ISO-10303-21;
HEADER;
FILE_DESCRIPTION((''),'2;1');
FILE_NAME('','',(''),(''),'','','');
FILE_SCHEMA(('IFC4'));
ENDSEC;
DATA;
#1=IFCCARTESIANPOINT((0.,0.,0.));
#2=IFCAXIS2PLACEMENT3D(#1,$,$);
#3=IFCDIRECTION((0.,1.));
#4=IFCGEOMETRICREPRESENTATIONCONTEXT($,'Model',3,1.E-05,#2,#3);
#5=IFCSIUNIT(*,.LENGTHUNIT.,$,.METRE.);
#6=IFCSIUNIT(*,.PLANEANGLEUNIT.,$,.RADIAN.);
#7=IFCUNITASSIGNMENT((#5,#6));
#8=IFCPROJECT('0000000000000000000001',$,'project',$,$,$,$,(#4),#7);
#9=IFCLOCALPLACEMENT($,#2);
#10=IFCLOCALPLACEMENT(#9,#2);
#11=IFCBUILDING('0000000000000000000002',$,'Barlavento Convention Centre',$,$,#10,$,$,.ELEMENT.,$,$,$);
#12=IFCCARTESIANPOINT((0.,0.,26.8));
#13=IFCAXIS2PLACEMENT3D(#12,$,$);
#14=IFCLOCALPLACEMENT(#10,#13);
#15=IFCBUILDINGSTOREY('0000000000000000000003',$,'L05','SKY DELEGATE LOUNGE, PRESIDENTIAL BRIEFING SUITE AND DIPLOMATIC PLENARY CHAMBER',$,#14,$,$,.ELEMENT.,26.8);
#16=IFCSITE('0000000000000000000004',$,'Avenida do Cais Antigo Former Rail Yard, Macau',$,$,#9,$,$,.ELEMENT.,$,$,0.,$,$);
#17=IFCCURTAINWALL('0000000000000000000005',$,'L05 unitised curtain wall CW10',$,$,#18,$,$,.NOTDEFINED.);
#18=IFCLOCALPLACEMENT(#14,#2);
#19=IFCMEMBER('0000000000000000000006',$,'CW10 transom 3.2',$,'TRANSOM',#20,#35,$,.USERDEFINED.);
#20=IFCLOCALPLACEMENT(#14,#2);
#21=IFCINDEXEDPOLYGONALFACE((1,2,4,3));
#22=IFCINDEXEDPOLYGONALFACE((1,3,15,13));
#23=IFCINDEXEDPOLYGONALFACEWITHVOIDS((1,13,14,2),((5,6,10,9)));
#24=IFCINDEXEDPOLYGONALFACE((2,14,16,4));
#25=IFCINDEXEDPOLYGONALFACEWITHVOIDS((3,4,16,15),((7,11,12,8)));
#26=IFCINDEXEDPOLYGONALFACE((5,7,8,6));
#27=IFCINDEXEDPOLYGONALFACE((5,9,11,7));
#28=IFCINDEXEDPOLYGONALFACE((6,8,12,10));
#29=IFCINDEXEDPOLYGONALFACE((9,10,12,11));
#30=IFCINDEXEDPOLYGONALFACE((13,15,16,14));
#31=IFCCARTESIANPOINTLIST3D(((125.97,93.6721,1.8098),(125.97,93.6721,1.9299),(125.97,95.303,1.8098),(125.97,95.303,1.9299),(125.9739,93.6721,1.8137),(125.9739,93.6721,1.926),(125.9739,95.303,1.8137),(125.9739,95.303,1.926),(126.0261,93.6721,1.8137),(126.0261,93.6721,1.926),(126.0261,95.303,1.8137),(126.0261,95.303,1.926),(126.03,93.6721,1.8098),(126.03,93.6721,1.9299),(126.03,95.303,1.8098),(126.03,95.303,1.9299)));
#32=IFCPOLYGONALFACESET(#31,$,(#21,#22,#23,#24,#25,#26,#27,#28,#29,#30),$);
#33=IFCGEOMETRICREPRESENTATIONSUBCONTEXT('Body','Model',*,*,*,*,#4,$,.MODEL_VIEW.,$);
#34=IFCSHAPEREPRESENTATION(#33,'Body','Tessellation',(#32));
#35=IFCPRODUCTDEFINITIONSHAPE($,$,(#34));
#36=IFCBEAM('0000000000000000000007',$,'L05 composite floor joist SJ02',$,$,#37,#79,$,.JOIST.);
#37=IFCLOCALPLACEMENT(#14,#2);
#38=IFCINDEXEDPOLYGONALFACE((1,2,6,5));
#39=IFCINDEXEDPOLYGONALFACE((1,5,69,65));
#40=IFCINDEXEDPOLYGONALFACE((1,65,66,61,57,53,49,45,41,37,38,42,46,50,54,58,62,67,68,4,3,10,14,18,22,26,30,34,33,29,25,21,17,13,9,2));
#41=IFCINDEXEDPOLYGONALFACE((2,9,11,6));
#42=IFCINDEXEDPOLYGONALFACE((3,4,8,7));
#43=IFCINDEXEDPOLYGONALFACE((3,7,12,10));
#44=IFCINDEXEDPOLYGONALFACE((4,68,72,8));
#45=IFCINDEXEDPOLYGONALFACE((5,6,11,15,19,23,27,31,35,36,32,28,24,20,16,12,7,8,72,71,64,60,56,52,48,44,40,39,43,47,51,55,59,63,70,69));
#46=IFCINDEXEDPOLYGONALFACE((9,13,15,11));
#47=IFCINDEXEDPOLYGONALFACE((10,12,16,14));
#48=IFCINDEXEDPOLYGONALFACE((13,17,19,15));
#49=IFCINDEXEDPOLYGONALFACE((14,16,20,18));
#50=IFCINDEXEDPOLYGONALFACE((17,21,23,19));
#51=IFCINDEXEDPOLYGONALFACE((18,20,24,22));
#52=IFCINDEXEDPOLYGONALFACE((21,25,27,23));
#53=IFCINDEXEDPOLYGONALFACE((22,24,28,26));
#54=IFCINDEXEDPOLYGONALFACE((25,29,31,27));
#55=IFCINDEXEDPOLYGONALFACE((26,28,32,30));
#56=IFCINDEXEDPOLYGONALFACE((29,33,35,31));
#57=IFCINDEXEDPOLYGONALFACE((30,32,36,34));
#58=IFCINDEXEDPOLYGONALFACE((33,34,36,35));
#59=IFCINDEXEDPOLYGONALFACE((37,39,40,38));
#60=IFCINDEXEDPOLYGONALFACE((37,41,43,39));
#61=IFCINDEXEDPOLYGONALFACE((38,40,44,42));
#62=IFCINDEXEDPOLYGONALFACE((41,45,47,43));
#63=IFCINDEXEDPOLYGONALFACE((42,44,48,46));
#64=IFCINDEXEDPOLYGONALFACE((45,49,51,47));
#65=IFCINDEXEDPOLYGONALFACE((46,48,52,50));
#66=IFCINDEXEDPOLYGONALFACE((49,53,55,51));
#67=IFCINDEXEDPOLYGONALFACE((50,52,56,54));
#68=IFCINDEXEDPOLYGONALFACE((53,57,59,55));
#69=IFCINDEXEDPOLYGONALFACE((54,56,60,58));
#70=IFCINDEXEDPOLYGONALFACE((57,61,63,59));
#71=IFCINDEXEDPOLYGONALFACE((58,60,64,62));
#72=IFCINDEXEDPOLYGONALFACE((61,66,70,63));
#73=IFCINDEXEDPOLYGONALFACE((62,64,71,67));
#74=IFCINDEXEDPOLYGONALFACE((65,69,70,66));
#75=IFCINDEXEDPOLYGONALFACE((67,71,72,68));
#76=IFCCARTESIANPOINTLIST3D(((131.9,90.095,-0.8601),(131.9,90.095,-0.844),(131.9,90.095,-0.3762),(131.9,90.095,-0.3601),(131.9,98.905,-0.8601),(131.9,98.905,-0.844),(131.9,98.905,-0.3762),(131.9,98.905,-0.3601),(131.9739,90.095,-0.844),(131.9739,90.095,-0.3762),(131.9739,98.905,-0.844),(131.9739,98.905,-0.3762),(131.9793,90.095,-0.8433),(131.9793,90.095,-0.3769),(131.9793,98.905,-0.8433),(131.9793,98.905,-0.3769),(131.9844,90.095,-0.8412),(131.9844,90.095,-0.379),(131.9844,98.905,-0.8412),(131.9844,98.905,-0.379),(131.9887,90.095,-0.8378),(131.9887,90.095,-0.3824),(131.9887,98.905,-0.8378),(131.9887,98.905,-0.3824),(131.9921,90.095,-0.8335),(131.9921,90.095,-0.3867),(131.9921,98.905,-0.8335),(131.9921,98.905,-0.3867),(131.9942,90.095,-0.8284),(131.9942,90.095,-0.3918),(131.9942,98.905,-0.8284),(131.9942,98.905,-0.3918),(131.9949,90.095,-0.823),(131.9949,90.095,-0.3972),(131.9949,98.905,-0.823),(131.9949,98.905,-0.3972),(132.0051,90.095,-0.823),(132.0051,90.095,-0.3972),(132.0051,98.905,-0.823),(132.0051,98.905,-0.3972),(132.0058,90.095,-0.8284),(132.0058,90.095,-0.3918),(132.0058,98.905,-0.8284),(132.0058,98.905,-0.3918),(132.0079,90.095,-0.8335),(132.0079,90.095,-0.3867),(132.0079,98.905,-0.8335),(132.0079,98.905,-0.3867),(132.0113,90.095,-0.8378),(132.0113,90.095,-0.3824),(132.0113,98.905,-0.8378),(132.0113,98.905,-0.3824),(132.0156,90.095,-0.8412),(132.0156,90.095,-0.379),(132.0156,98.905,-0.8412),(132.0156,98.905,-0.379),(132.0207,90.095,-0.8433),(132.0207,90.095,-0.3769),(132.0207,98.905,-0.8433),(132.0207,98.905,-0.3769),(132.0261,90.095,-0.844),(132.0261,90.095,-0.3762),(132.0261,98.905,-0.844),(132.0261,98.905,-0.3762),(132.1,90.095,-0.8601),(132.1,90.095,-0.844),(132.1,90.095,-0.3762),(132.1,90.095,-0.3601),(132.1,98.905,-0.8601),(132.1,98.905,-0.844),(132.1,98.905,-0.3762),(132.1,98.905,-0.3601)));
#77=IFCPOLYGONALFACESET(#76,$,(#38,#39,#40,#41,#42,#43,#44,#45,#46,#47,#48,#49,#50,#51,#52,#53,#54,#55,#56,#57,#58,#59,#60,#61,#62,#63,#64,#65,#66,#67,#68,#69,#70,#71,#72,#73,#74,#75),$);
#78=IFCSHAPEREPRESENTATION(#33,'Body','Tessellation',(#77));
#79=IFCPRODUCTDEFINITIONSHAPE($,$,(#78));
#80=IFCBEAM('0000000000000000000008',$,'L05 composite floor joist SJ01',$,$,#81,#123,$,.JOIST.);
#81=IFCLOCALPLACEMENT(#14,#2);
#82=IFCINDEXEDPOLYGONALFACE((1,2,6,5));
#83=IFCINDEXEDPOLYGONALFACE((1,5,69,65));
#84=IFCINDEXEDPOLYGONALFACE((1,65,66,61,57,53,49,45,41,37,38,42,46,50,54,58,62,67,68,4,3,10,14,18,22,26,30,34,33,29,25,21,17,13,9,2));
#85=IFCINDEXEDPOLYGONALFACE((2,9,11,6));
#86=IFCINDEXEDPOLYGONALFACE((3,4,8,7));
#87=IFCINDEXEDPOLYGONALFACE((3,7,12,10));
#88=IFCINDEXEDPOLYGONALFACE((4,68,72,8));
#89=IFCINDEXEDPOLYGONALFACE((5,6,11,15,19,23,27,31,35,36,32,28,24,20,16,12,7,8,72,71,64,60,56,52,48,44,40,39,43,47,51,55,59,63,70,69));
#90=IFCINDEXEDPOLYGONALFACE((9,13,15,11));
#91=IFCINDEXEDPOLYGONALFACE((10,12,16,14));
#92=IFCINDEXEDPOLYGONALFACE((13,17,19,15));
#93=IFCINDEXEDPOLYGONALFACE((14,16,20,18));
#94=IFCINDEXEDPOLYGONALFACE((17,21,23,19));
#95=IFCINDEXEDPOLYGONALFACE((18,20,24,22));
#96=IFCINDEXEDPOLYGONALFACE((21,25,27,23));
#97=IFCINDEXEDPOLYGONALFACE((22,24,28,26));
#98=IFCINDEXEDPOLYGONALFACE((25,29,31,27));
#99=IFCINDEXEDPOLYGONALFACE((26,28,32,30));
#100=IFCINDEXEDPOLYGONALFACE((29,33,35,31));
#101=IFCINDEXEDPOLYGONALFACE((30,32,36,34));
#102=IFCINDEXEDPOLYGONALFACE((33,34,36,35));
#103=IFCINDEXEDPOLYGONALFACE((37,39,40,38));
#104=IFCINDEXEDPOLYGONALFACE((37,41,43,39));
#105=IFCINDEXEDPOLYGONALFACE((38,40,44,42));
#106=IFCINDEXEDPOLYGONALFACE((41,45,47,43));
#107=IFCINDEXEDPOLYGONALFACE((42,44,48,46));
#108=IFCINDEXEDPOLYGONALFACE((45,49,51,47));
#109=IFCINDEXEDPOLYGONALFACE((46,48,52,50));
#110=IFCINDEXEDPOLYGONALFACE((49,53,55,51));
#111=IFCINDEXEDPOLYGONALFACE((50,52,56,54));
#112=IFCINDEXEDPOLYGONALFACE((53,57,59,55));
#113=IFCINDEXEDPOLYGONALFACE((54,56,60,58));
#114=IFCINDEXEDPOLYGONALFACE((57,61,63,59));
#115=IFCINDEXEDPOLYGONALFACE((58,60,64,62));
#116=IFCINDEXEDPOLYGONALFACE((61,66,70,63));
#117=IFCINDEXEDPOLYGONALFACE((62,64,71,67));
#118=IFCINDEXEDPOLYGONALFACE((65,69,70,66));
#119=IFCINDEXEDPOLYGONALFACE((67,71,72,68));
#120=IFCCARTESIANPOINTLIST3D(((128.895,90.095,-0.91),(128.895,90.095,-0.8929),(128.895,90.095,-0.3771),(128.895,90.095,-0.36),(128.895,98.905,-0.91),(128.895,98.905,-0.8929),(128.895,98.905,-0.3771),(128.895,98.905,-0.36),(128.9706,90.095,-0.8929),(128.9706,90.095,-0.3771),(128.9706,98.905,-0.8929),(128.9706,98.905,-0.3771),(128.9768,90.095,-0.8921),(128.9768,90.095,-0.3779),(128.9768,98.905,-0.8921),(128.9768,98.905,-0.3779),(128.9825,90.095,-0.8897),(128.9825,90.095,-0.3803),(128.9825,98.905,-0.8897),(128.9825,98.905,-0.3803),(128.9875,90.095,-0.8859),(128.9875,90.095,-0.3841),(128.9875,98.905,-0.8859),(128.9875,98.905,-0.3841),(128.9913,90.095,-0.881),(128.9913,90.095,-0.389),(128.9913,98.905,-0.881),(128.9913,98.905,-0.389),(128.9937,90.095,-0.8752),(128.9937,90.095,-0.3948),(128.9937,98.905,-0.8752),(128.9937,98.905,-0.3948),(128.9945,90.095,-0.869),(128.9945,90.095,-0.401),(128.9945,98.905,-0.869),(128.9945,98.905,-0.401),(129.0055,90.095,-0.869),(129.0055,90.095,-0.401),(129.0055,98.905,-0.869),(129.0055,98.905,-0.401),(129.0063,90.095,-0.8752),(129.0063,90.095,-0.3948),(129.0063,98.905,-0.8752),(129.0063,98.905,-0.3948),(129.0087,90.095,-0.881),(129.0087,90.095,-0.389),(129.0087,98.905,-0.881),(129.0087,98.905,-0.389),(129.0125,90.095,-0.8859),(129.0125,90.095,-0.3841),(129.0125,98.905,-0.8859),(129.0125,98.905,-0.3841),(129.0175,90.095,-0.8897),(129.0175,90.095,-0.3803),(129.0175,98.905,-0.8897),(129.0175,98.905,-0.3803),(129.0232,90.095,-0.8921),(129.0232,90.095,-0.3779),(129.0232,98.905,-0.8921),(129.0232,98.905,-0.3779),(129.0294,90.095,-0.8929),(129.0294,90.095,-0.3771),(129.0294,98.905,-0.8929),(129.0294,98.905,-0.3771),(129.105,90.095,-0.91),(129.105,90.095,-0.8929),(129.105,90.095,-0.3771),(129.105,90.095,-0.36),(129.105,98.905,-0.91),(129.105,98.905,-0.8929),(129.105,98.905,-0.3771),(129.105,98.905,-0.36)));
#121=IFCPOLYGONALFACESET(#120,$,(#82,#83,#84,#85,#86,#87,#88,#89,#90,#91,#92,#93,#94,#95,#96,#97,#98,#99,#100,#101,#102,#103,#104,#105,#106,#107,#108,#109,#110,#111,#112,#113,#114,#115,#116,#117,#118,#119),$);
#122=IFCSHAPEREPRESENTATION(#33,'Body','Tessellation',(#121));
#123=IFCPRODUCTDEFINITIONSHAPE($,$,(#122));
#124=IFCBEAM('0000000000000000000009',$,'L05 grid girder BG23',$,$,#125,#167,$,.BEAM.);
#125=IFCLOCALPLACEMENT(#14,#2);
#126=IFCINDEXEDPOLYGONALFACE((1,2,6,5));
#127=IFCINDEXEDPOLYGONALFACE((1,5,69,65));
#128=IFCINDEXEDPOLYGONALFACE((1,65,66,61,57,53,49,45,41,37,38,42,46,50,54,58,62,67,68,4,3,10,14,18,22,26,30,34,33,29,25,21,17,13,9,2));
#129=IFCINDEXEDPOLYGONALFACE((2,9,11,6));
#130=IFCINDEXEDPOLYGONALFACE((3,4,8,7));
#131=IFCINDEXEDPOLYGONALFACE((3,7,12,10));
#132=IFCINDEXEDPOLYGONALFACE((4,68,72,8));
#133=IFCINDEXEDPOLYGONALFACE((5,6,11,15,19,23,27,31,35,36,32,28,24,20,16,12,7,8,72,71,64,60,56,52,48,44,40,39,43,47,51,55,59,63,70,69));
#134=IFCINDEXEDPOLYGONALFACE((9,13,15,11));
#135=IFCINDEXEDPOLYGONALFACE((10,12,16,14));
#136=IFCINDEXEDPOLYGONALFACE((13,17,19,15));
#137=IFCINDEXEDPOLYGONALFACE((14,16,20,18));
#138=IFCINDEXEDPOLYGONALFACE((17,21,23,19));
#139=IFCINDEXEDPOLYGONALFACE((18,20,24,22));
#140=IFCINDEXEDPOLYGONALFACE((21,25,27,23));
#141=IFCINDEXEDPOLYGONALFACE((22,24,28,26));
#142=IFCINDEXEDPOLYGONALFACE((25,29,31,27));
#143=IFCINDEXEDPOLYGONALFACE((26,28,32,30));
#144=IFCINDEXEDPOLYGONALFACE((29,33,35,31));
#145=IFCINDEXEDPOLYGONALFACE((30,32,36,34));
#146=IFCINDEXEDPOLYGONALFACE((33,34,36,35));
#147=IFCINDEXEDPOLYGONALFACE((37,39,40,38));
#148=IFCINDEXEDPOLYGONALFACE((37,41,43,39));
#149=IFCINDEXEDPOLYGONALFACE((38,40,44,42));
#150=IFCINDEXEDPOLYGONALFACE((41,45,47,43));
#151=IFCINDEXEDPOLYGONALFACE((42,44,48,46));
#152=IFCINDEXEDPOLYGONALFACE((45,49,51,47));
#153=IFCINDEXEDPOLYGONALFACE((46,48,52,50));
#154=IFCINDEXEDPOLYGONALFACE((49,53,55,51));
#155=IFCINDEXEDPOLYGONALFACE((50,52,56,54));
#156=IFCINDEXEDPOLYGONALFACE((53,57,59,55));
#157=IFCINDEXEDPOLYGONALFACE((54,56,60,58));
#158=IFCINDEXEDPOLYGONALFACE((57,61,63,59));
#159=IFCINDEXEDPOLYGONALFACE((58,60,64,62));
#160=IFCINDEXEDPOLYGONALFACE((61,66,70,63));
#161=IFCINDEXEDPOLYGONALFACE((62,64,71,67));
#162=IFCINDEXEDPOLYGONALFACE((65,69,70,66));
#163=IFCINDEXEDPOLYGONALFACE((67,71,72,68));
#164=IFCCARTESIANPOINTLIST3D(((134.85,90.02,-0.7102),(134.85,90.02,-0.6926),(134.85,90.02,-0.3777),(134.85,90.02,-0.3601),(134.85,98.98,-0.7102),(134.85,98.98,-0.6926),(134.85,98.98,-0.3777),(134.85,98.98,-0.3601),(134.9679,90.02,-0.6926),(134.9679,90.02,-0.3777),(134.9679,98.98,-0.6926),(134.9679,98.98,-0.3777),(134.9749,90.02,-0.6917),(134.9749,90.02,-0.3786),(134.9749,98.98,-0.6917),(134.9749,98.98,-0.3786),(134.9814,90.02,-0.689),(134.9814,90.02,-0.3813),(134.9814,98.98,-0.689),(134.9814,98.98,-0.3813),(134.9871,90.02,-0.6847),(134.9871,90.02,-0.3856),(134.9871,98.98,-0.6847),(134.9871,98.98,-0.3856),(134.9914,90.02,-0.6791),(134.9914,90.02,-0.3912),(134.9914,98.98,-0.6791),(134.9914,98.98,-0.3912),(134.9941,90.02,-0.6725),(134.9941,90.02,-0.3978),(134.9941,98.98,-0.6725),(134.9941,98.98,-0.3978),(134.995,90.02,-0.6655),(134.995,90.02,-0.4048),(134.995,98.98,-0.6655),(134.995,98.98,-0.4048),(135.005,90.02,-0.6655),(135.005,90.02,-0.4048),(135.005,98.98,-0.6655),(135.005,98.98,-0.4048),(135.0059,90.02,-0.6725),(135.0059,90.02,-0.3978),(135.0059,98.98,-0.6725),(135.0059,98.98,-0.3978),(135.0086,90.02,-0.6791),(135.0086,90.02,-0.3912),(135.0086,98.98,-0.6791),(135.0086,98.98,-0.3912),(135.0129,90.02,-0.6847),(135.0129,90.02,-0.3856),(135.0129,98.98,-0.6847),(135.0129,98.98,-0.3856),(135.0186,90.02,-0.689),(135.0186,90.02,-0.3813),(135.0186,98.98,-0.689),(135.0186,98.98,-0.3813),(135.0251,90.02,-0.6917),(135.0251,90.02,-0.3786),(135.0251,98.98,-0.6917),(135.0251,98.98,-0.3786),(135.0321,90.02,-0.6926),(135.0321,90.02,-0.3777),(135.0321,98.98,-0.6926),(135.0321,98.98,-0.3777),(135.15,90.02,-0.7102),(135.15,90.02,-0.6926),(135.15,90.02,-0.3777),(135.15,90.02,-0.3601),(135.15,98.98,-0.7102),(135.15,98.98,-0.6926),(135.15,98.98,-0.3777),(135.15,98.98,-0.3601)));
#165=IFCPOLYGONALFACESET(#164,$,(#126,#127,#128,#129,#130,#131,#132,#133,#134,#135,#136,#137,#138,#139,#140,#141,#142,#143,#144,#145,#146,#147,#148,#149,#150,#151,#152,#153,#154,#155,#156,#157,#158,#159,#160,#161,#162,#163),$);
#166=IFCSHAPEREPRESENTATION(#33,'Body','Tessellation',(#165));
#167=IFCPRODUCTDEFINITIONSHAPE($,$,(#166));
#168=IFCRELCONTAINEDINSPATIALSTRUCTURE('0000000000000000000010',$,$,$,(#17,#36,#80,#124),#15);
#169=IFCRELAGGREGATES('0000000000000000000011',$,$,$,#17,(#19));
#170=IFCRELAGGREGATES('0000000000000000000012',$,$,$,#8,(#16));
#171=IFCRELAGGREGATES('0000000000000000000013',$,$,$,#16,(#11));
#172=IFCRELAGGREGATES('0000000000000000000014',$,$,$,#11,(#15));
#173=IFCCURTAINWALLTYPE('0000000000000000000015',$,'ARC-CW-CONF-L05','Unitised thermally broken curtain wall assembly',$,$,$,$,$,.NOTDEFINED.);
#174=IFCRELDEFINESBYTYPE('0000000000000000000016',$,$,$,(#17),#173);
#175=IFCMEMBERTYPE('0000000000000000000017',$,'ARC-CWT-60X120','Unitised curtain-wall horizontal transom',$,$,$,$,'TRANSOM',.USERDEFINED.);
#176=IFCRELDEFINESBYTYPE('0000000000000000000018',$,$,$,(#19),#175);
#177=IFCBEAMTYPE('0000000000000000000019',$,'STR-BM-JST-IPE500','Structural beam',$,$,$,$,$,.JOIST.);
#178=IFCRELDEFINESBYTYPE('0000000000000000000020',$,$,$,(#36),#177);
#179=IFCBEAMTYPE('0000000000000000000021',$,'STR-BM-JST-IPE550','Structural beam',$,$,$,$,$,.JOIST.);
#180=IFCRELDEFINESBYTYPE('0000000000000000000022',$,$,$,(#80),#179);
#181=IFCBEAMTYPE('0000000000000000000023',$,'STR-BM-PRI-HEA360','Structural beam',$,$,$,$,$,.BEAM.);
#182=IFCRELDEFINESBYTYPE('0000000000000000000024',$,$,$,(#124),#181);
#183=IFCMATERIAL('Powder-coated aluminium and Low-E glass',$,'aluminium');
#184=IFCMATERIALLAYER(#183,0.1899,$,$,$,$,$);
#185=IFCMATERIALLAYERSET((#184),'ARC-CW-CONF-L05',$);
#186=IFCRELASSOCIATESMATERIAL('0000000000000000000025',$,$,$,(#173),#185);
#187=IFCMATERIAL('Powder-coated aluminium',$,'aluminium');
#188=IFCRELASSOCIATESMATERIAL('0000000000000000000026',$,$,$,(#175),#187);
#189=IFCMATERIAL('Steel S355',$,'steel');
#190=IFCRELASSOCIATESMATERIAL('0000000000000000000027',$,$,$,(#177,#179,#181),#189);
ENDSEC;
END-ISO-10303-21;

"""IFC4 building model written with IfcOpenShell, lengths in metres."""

from ifc_helpers import new_model, si_unit, direction, frame, origin, origin_2d, place, context, subcontext, project, spatial, hollow_rectangle, i_section, extrude, material, layer, layer_set, material_profile, profile_set, type_object, element, aggregate, save


model = new_model("IFC4")

# Units and contexts
model_context = context("Model", 3, precision=1e-05, world=origin(), true_north=direction((0.0, 1.0)))
body_context = subcontext(model_context, "Body", "Model", "MODEL_VIEW")
ifc_project = project(units=[si_unit("LENGTHUNIT", "METRE"), si_unit("PLANEANGLEUNIT", "RADIAN")], contexts=[model_context])

# Site, building, storey
site_placement = place(None, origin())
site = spatial("IfcSite", under=ifc_project, at=site_placement, Name="Avenida do Cais Antigo Former Rail Yard, Macau", CompositionType="ELEMENT", RefElevation=0.0)
building_placement = place(site_placement, origin())
building = spatial("IfcBuilding", under=site, at=building_placement, Name="Barlavento Convention Centre", CompositionType="ELEMENT")
storey_placement = place(building_placement, frame((0.0, 0.0, 26.8)))
storey = spatial("IfcBuildingStorey", under=building, at=storey_placement, Name="L05", Description="SKY DELEGATE LOUNGE, PRESIDENTIAL BRIEFING SUITE AND DIPLOMATIC PLENARY CHAMBER", CompositionType="ELEMENT", Elevation=26.8)

# Shared definitions
ifc_material_1 = material(Name="Steel S355", Category="steel")

# Curtain wall, member
ifc_material_2 = material(Name="Powder-coated aluminium and Low-E glass", Category="aluminium")
ifc_layer_1 = layer(ifc_material_2, 0.1899)
ifc_layer_set_1 = layer_set([ifc_layer_1], Name="ARC-CW-CONF-L05")
curtain_wall_type = type_object("IfcCurtainWallType", Name="ARC-CW-CONF-L05", Description="Unitised thermally broken curtain wall assembly", PredefinedType="NOTDEFINED", material=ifc_layer_set_1)
curtain_wall_placement = place(storey_placement, origin())
curtain_wall = element("IfcCurtainWall", 1, at=curtain_wall_placement, inside=storey, type_object=curtain_wall_type, Name="L05 unitised curtain wall CW10", PredefinedType="NOTDEFINED")
ifc_material_3 = material(Name="Powder-coated aluminium", Category="aluminium")
ifc_material_profile_1 = material_profile(ifc_material_3, hollow_rectangle(XDim=0.0601, YDim=0.1201, WallThickness=0.0039, at=origin_2d()), Name="AL-TRAN 60x120x4")
ifc_profile_set_1 = profile_set([ifc_material_profile_1], Name="Powder-coated aluminium")
member_type_1 = type_object("IfcMemberType", Name="ARC-CWT-60X120", Description="Unitised curtain-wall horizontal transom", ElementType="TRANSOM", PredefinedType="USERDEFINED", material=ifc_profile_set_1)
member_1_placement = place(storey_placement, frame((126.0, 93.6721, 1.8699), z_axis=(0.0, 1.0, 0.0), x_axis=(-1.0, 0.0, 0.0)))
member_1 = element("IfcMember", 2, at=member_1_placement, type_object=member_type_1, Name="CW10 transom 3.2", ObjectType="TRANSOM", PredefinedType="USERDEFINED", context=body_context, shape_type="SweptSolid", body=[
    extrude(hollow_rectangle(XDim=0.0601, YDim=0.1201, WallThickness=0.0039, at=origin_2d()), origin(), (0.0, 0.0, 1.0), 1.6309),
])

# Beams
ifc_material_profile_2 = material_profile(ifc_material_1, i_section(OverallWidth=0.2, OverallDepth=0.5, WebThickness=0.0103, FlangeThickness=0.0161, FilletRadius=0.021, at=origin_2d()), Name="IPE 500")
ifc_profile_set_2 = profile_set([ifc_material_profile_2], Name="Steel S355")
beam_type_1 = type_object("IfcBeamType", Name="STR-BM-JST-IPE500", Description="Structural beam", PredefinedType="JOIST", material=ifc_profile_set_2)
beam_1_placement = place(storey_placement, frame((132.0, 90.095, -0.6101), z_axis=(0.0, 1.0, 0.0), x_axis=(-1.0, 0.0, 0.0)))
element("IfcBeam", 3, at=beam_1_placement, inside=storey, type_object=beam_type_1, Name="L05 composite floor joist SJ02", PredefinedType="JOIST", context=body_context, shape_type="SweptSolid", body=[
    extrude(i_section(OverallWidth=0.2, OverallDepth=0.5, WebThickness=0.0103, FlangeThickness=0.0161, FilletRadius=0.021, at=origin_2d()), origin(), (0.0, 0.0, 1.0), 8.8101),
])
ifc_material_profile_3 = material_profile(ifc_material_1, i_section(OverallWidth=0.21, OverallDepth=0.55, WebThickness=0.011, FlangeThickness=0.0171, FilletRadius=0.0239, at=origin_2d()), Name="IPE 550")
ifc_profile_set_3 = profile_set([ifc_material_profile_3], Name="Steel S355")
beam_type_2 = type_object("IfcBeamType", Name="STR-BM-JST-IPE550", Description="Structural beam", PredefinedType="JOIST", material=ifc_profile_set_3)
beam_2_placement = place(storey_placement, frame((129.0, 90.095, -0.635), z_axis=(0.0, 1.0, 0.0), x_axis=(-1.0, 0.0, 0.0)))
element("IfcBeam", 4, at=beam_2_placement, inside=storey, type_object=beam_type_2, Name="L05 composite floor joist SJ01", PredefinedType="JOIST", context=body_context, shape_type="SweptSolid", body=[
    extrude(i_section(OverallWidth=0.21, OverallDepth=0.55, WebThickness=0.011, FlangeThickness=0.0171, FilletRadius=0.0239, at=origin_2d()), origin(), (0.0, 0.0, 1.0), 8.8101),
])
ifc_material_profile_4 = material_profile(ifc_material_1, i_section(OverallWidth=0.3, OverallDepth=0.3501, WebThickness=0.01, FlangeThickness=0.0176, FilletRadius=0.0271, at=origin_2d()), Name="HEA 360")
ifc_profile_set_4 = profile_set([ifc_material_profile_4], Name="Steel S355")
beam_type_3 = type_object("IfcBeamType", Name="STR-BM-PRI-HEA360", Description="Structural beam", PredefinedType="BEAM", material=ifc_profile_set_4)
beam_3_placement = place(storey_placement, frame((135.0, 90.02, -0.5352), z_axis=(0.0, 1.0, 0.0), x_axis=(-1.0, 0.0, 0.0)))
element("IfcBeam", 5, at=beam_3_placement, inside=storey, type_object=beam_type_3, Name="L05 grid girder BG23", PredefinedType="BEAM", context=body_context, shape_type="SweptSolid", body=[
    extrude(i_section(OverallWidth=0.3, OverallDepth=0.3501, WebThickness=0.01, FlangeThickness=0.0176, FilletRadius=0.0271, at=origin_2d()), origin(), (0.0, 0.0, 1.0), 8.96),
])

aggregate(curtain_wall, [member_1])

save(model, "model.ifc")
